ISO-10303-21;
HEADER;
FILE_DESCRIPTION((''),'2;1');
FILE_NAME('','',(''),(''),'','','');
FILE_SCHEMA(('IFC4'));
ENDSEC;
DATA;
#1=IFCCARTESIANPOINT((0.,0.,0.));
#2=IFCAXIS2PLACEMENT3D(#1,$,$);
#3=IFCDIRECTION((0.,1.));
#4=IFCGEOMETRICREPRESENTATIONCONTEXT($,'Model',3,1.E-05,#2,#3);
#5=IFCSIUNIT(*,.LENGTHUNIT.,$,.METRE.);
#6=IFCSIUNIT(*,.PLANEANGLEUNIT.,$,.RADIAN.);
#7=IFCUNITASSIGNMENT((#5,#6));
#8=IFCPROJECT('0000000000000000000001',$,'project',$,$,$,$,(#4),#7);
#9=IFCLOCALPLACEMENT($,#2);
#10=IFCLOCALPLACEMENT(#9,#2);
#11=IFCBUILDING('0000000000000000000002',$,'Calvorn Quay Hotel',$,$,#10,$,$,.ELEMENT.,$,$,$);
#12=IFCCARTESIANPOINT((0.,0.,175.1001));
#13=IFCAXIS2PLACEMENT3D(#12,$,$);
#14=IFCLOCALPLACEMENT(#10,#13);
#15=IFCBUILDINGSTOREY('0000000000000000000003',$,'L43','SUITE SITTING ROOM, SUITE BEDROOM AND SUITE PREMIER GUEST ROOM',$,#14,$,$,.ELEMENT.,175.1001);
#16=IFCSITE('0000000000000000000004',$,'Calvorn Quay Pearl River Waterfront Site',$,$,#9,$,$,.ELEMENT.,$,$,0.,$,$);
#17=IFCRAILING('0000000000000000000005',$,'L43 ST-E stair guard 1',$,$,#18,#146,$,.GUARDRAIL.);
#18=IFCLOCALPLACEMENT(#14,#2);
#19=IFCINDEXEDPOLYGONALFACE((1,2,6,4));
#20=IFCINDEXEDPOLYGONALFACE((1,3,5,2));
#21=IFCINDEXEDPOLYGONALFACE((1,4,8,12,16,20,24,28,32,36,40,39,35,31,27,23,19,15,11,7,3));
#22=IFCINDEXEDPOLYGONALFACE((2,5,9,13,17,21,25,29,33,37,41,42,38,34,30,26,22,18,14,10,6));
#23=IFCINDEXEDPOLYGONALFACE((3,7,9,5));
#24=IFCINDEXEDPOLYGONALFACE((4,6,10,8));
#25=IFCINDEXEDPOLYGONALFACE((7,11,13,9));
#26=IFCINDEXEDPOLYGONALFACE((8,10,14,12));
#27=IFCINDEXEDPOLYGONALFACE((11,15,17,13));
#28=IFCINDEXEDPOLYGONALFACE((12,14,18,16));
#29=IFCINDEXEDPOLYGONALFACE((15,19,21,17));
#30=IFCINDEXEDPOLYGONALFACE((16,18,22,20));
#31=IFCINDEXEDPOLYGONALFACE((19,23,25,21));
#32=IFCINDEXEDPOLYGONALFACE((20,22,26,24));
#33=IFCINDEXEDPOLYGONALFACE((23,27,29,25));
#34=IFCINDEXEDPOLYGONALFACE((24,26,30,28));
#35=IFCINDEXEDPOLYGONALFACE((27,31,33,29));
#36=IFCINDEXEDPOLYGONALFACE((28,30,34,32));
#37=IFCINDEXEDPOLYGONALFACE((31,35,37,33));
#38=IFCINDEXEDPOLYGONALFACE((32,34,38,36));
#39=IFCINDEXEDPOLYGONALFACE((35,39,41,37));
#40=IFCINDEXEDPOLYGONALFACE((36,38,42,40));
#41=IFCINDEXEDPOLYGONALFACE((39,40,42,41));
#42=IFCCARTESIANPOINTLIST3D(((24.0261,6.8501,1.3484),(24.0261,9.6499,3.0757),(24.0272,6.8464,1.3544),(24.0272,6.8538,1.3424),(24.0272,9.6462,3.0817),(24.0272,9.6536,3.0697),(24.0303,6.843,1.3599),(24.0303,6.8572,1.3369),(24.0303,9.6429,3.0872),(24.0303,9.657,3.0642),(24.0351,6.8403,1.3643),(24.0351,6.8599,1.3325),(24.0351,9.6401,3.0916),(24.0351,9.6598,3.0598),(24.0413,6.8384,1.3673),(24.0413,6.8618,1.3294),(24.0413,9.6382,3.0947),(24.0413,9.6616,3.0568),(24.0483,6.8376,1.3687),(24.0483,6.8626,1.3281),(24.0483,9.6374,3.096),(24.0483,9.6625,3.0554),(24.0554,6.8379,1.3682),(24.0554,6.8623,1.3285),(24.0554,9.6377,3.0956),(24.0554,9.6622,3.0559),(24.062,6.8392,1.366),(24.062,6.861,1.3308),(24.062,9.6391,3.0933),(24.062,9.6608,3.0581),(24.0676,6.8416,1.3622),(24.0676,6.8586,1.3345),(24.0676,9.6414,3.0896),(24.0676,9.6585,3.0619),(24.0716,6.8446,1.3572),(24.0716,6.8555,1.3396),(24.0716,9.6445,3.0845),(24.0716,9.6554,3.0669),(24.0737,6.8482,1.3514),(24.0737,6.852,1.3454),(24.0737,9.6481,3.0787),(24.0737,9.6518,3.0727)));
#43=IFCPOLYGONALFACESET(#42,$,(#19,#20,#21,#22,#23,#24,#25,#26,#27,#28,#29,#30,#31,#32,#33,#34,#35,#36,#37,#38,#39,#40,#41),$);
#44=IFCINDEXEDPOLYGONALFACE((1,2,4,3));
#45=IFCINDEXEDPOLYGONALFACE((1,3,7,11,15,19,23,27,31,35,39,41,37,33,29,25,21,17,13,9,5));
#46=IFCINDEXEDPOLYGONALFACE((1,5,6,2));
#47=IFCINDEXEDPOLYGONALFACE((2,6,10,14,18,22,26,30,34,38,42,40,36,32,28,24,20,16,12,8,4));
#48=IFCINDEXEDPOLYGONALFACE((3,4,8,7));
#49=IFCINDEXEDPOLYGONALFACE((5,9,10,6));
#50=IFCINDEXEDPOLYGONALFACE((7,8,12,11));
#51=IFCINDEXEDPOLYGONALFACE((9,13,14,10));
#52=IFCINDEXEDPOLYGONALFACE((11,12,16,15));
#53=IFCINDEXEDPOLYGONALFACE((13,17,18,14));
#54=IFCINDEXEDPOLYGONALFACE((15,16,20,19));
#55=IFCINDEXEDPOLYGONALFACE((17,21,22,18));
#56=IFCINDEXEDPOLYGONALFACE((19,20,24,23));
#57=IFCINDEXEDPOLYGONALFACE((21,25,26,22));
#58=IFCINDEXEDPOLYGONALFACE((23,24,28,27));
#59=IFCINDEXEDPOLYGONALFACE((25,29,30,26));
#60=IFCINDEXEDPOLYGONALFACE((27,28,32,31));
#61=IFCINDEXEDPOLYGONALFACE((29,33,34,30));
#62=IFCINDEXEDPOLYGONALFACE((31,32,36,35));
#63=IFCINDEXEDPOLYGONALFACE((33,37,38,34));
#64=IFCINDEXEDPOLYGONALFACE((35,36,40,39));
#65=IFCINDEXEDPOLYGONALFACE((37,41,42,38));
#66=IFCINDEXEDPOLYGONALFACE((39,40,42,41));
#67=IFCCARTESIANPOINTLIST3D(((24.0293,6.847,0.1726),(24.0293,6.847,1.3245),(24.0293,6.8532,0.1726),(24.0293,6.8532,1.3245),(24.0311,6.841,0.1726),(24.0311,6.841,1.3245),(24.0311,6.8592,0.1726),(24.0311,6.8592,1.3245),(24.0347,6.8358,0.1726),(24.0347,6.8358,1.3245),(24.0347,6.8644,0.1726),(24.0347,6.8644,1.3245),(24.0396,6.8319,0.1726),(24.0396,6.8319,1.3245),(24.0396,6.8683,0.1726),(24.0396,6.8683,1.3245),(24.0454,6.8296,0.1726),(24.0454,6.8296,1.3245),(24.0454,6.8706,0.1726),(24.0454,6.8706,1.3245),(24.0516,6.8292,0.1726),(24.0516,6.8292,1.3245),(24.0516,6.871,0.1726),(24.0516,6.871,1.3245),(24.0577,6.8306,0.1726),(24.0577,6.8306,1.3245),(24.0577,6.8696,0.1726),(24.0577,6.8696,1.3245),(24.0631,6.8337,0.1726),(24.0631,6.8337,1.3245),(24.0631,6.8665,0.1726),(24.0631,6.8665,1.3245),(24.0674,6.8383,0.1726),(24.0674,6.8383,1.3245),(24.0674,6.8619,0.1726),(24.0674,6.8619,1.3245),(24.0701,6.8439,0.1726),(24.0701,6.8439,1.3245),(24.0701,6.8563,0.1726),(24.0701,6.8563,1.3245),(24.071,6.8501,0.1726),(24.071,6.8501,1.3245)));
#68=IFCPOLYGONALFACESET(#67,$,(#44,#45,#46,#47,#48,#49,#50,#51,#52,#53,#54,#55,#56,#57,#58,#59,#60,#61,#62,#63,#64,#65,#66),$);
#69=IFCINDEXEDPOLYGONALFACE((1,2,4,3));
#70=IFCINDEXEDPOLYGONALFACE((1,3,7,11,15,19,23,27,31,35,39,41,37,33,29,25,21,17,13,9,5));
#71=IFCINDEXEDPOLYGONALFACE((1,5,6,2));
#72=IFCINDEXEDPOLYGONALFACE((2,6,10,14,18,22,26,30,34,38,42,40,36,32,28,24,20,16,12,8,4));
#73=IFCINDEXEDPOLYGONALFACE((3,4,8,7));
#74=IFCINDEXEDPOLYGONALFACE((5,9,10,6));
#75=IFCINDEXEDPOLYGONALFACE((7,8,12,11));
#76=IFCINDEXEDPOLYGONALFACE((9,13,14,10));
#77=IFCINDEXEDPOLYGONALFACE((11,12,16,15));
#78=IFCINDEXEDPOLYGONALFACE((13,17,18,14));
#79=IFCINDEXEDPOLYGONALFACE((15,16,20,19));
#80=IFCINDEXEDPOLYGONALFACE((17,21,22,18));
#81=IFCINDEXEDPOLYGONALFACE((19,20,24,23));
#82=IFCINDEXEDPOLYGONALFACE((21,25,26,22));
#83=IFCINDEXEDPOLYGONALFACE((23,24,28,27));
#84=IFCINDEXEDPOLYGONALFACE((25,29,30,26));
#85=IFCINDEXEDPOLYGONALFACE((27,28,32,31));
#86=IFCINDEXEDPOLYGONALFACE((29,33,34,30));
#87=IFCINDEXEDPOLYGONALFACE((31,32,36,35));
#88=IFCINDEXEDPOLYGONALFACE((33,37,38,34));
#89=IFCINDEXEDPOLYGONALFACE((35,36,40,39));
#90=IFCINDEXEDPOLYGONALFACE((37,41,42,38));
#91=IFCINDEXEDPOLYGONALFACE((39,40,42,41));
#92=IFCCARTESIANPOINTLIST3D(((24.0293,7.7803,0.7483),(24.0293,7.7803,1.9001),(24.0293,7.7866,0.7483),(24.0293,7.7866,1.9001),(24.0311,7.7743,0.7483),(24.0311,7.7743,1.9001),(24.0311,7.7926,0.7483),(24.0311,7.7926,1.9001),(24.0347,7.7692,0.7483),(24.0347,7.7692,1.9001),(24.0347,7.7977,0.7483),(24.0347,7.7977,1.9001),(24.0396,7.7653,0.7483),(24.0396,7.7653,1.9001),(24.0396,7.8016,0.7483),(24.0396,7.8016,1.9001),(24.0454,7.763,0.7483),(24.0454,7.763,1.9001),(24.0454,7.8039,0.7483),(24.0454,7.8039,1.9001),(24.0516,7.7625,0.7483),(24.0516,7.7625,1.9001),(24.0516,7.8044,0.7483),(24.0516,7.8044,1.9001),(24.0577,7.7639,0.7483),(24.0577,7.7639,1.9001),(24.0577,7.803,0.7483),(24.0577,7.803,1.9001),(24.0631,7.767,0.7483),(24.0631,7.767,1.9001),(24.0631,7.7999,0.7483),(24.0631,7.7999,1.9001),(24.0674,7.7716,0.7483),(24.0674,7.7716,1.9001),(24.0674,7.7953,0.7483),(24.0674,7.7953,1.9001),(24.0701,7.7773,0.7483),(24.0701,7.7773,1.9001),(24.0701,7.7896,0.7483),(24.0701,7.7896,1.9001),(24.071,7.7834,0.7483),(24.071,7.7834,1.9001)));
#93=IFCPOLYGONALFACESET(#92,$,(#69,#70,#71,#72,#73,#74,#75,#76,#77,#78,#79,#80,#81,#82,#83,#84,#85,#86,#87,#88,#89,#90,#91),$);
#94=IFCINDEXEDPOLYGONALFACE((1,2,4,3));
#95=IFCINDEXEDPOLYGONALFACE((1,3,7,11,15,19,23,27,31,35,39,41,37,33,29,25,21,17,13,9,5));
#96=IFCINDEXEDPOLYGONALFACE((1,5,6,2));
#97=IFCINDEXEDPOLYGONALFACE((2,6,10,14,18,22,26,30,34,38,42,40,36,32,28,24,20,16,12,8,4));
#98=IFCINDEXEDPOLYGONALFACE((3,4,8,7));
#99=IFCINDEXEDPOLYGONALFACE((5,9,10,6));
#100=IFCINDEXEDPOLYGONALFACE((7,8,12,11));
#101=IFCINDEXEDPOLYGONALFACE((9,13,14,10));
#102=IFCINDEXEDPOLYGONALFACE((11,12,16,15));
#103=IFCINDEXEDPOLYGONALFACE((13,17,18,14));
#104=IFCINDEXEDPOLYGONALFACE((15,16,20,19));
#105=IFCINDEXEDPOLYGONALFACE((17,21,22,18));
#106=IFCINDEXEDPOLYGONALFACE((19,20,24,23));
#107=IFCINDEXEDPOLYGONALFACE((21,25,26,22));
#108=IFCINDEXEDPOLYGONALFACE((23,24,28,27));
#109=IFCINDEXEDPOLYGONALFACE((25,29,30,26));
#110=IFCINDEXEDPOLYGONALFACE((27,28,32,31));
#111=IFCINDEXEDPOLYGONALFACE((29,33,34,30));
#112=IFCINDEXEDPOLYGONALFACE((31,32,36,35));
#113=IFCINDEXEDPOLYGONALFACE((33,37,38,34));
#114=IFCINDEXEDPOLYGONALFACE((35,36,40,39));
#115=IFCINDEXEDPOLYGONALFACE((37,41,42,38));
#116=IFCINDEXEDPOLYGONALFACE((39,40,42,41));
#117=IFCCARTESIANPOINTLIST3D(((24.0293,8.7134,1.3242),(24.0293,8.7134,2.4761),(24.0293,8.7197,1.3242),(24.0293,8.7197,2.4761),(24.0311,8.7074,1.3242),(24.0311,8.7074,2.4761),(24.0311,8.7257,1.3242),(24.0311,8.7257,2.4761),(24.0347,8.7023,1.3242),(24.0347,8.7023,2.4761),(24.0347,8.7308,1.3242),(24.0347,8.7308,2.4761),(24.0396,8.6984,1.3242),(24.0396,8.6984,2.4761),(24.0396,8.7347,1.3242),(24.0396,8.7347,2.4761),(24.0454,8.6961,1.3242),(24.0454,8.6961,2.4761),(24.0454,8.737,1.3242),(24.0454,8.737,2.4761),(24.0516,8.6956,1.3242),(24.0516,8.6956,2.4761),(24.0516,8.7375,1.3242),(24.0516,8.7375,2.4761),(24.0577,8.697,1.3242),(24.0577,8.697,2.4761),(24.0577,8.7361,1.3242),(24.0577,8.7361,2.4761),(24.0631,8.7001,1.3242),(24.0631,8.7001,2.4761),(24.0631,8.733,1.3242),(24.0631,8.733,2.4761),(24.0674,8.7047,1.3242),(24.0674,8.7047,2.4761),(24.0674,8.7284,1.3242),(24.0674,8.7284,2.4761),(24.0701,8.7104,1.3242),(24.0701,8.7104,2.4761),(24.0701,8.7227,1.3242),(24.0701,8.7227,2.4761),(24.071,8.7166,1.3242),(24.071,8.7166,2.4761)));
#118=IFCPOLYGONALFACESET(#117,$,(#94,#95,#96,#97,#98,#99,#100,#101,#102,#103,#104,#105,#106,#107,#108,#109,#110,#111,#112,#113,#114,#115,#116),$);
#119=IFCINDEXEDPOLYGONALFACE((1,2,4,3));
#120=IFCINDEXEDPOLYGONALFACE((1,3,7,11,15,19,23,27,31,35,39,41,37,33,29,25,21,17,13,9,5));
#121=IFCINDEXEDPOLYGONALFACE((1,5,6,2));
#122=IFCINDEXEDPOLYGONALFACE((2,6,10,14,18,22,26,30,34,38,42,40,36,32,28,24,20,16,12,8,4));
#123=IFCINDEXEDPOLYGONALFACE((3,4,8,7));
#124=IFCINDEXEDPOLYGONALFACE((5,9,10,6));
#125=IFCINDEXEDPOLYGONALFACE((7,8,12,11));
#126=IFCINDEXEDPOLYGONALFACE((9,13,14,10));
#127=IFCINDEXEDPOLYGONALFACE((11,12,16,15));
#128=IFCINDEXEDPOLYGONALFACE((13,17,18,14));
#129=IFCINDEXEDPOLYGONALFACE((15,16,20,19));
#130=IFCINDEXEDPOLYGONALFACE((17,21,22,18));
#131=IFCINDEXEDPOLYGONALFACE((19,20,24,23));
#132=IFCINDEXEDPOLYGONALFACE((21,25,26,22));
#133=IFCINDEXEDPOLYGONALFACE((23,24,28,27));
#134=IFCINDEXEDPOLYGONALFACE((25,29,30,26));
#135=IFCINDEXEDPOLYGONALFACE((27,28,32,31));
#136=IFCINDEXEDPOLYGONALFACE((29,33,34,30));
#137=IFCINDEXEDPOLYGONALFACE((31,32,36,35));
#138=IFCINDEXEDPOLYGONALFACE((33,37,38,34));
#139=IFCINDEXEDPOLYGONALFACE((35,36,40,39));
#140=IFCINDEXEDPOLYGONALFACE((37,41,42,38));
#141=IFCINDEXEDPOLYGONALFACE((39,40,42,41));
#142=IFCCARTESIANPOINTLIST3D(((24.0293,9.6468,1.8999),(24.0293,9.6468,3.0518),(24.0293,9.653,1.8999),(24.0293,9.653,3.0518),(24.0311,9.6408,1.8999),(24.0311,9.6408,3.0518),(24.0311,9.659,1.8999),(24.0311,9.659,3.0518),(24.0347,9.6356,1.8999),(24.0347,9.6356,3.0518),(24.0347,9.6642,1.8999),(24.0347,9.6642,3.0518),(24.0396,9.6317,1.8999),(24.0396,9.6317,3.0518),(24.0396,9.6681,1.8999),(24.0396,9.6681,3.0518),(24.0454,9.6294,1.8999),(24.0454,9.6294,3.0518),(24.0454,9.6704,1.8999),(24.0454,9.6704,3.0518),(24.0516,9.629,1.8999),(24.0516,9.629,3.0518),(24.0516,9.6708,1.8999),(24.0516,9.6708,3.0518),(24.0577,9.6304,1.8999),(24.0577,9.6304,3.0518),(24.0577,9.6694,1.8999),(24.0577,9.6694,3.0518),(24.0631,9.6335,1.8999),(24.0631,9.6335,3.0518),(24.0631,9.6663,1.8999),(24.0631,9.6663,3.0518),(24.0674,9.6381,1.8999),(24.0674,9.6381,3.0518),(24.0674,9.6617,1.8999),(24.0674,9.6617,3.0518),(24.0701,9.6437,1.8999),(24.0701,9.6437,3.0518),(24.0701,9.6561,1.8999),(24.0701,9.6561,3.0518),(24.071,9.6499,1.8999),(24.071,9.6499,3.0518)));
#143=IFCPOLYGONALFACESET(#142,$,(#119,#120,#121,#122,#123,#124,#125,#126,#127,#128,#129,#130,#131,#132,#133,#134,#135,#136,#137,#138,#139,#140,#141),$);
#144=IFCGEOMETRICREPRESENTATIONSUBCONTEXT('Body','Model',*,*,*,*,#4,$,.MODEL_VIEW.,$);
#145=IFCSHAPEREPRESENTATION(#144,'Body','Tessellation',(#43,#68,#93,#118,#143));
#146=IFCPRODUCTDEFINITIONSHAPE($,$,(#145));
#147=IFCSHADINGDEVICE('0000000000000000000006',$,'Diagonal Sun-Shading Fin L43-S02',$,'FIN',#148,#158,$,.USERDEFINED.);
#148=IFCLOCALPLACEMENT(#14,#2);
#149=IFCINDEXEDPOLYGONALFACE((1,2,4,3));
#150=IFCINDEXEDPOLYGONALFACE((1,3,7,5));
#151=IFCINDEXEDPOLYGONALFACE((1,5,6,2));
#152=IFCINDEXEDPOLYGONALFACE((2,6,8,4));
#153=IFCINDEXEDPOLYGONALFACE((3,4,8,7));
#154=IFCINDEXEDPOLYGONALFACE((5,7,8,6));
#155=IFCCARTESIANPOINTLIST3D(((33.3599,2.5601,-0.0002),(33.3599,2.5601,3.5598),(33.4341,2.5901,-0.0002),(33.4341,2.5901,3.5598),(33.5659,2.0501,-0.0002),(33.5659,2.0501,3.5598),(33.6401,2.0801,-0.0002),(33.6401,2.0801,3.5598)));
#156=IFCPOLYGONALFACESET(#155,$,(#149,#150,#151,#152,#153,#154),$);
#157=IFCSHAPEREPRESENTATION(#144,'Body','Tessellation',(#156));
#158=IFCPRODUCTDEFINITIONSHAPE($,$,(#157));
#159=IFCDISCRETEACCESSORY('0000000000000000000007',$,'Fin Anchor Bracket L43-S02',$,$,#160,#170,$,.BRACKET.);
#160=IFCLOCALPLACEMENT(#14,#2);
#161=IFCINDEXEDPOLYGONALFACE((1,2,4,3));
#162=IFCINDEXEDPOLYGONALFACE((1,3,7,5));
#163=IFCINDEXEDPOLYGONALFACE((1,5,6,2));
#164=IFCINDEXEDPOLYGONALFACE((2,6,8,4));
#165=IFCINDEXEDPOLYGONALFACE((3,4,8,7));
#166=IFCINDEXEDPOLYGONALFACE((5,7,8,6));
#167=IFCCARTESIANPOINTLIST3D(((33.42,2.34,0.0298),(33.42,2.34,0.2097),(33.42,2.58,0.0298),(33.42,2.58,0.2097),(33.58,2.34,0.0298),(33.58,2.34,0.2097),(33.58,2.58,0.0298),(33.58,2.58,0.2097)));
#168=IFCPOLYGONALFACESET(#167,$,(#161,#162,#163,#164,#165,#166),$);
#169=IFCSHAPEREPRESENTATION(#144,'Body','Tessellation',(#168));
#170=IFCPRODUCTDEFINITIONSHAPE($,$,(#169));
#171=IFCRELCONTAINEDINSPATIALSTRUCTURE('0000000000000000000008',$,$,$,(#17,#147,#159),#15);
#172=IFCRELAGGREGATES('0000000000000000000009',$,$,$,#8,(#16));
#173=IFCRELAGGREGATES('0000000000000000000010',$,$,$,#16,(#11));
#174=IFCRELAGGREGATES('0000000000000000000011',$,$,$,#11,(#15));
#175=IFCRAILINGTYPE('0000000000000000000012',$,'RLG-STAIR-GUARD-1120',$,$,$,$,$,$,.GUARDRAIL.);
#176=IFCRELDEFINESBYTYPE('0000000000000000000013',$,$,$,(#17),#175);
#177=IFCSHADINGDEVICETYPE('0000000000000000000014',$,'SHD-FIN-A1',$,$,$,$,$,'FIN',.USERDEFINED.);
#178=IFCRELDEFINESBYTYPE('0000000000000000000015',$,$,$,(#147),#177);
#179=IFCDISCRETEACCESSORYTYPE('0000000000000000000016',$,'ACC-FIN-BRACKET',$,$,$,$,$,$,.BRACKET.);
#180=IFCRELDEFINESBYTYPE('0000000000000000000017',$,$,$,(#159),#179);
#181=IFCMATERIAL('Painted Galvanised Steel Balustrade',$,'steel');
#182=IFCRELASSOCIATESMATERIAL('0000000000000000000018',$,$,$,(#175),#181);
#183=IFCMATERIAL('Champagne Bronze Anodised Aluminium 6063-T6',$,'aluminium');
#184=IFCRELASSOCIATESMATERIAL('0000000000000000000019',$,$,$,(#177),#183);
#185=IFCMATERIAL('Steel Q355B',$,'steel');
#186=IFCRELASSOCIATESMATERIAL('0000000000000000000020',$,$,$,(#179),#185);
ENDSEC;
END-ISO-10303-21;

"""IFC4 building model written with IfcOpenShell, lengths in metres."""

from ifc_helpers import new_model, si_unit, direction, frame, origin, origin_2d, place, context, subcontext, project, spatial, rectangle, circle, extrude, material, type_object, element, save


model = new_model("IFC4")

# Units and contexts
model_context = context("Model", 3, precision=1e-05, world=origin(), true_north=direction((0.0, 1.0)))
body_context = subcontext(model_context, "Body", "Model", "MODEL_VIEW")
ifc_project = project(units=[si_unit("LENGTHUNIT", "METRE"), si_unit("PLANEANGLEUNIT", "RADIAN")], contexts=[model_context])

# Site, building, storey
site_placement = place(None, origin())
site = spatial("IfcSite", under=ifc_project, at=site_placement, Name="Calvorn Quay Pearl River Waterfront Site", CompositionType="ELEMENT", RefElevation=0.0)
building_placement = place(site_placement, origin())
building = spatial("IfcBuilding", under=site, at=building_placement, Name="Calvorn Quay Hotel", CompositionType="ELEMENT")
storey_placement = place(building_placement, frame((0.0, 0.0, 175.1001)))
storey = spatial("IfcBuildingStorey", under=building, at=storey_placement, Name="L43", Description="SUITE SITTING ROOM, SUITE BEDROOM AND SUITE PREMIER GUEST ROOM", CompositionType="ELEMENT", Elevation=175.1001)

# Railing
ifc_material_1 = material(Name="Painted Galvanised Steel Balustrade", Category="steel")
railing_type_1 = type_object("IfcRailingType", Name="RLG-STAIR-GUARD-1120", PredefinedType="GUARDRAIL", material=ifc_material_1)
railing_1_placement = place(storey_placement, frame((24.05, 6.8501, 0.1726)))
element("IfcRailing", 1, at=railing_1_placement, inside=storey, type_object=railing_type_1, Name="L43 ST-E stair guard 1", PredefinedType="GUARDRAIL", context=body_context, shape_type="SweptSolid", body=[
    extrude(circle(Radius=0.0239, at=origin_2d()), frame((0.0, 0.0, 1.1758), z_axis=(0.0, 0.851069, 0.525054), x_axis=(-1.0, 0.0, 0.0)), (0.0, 0.0, 1.0), 3.2898),
    extrude(circle(Radius=0.021, at=origin_2d()), origin(), (0.0, 0.0, 1.0), 1.1519),
    extrude(circle(Radius=0.021, at=origin_2d()), frame((0.0, 0.9333, 0.5757)), (0.0, 0.0, 1.0), 1.1519),
    extrude(circle(Radius=0.021, at=origin_2d()), frame((0.0, 1.8665, 1.1516)), (0.0, 0.0, 1.0), 1.1519),
    extrude(circle(Radius=0.021, at=origin_2d()), frame((0.0, 2.7998, 1.7273)), (0.0, 0.0, 1.0), 1.1519),
])

# Shading device
ifc_material_2 = material(Name="Champagne Bronze Anodised Aluminium 6063-T6", Category="aluminium")
shading_device_type = type_object("IfcShadingDeviceType", Name="SHD-FIN-A1", ElementType="FIN", PredefinedType="USERDEFINED", material=ifc_material_2)
shading_device_placement = place(storey_placement, frame((33.5, 2.3201, -0.0002), z_axis=(0.0, 0.0, 1.0), x_axis=(-0.374607, 0.927184, 0.0)))
element("IfcShadingDevice", 2, at=shading_device_placement, inside=storey, type_object=shading_device_type, Name="Diagonal Sun-Shading Fin L43-S02", ObjectType="FIN", PredefinedType="USERDEFINED", context=body_context, shape_type="SweptSolid", body=[
    extrude(rectangle(XDim=0.55, YDim=0.0801, at=origin_2d()), origin(), (0.0, 0.0, 1.0), 3.5601),
])

# Discrete accessory
ifc_material_3 = material(Name="Steel Q355B", Category="steel")
discrete_accessory_type = type_object("IfcDiscreteAccessoryType", Name="ACC-FIN-BRACKET", PredefinedType="BRACKET", material=ifc_material_3)
discrete_accessory_placement = place(storey_placement, frame((33.5, 2.46, 0.0298), z_axis=(0.0, 0.0, 1.0), x_axis=(0.0, 1.0, 0.0)))
element("IfcDiscreteAccessory", 3, at=discrete_accessory_placement, inside=storey, type_object=discrete_accessory_type, Name="Fin Anchor Bracket L43-S02", PredefinedType="BRACKET", context=body_context, shape_type="SweptSolid", body=[
    extrude(rectangle(XDim=0.24, YDim=0.1599, at=origin_2d()), origin(), (0.0, 0.0, 1.0), 0.1799),
])

save(model, "model.ifc")
